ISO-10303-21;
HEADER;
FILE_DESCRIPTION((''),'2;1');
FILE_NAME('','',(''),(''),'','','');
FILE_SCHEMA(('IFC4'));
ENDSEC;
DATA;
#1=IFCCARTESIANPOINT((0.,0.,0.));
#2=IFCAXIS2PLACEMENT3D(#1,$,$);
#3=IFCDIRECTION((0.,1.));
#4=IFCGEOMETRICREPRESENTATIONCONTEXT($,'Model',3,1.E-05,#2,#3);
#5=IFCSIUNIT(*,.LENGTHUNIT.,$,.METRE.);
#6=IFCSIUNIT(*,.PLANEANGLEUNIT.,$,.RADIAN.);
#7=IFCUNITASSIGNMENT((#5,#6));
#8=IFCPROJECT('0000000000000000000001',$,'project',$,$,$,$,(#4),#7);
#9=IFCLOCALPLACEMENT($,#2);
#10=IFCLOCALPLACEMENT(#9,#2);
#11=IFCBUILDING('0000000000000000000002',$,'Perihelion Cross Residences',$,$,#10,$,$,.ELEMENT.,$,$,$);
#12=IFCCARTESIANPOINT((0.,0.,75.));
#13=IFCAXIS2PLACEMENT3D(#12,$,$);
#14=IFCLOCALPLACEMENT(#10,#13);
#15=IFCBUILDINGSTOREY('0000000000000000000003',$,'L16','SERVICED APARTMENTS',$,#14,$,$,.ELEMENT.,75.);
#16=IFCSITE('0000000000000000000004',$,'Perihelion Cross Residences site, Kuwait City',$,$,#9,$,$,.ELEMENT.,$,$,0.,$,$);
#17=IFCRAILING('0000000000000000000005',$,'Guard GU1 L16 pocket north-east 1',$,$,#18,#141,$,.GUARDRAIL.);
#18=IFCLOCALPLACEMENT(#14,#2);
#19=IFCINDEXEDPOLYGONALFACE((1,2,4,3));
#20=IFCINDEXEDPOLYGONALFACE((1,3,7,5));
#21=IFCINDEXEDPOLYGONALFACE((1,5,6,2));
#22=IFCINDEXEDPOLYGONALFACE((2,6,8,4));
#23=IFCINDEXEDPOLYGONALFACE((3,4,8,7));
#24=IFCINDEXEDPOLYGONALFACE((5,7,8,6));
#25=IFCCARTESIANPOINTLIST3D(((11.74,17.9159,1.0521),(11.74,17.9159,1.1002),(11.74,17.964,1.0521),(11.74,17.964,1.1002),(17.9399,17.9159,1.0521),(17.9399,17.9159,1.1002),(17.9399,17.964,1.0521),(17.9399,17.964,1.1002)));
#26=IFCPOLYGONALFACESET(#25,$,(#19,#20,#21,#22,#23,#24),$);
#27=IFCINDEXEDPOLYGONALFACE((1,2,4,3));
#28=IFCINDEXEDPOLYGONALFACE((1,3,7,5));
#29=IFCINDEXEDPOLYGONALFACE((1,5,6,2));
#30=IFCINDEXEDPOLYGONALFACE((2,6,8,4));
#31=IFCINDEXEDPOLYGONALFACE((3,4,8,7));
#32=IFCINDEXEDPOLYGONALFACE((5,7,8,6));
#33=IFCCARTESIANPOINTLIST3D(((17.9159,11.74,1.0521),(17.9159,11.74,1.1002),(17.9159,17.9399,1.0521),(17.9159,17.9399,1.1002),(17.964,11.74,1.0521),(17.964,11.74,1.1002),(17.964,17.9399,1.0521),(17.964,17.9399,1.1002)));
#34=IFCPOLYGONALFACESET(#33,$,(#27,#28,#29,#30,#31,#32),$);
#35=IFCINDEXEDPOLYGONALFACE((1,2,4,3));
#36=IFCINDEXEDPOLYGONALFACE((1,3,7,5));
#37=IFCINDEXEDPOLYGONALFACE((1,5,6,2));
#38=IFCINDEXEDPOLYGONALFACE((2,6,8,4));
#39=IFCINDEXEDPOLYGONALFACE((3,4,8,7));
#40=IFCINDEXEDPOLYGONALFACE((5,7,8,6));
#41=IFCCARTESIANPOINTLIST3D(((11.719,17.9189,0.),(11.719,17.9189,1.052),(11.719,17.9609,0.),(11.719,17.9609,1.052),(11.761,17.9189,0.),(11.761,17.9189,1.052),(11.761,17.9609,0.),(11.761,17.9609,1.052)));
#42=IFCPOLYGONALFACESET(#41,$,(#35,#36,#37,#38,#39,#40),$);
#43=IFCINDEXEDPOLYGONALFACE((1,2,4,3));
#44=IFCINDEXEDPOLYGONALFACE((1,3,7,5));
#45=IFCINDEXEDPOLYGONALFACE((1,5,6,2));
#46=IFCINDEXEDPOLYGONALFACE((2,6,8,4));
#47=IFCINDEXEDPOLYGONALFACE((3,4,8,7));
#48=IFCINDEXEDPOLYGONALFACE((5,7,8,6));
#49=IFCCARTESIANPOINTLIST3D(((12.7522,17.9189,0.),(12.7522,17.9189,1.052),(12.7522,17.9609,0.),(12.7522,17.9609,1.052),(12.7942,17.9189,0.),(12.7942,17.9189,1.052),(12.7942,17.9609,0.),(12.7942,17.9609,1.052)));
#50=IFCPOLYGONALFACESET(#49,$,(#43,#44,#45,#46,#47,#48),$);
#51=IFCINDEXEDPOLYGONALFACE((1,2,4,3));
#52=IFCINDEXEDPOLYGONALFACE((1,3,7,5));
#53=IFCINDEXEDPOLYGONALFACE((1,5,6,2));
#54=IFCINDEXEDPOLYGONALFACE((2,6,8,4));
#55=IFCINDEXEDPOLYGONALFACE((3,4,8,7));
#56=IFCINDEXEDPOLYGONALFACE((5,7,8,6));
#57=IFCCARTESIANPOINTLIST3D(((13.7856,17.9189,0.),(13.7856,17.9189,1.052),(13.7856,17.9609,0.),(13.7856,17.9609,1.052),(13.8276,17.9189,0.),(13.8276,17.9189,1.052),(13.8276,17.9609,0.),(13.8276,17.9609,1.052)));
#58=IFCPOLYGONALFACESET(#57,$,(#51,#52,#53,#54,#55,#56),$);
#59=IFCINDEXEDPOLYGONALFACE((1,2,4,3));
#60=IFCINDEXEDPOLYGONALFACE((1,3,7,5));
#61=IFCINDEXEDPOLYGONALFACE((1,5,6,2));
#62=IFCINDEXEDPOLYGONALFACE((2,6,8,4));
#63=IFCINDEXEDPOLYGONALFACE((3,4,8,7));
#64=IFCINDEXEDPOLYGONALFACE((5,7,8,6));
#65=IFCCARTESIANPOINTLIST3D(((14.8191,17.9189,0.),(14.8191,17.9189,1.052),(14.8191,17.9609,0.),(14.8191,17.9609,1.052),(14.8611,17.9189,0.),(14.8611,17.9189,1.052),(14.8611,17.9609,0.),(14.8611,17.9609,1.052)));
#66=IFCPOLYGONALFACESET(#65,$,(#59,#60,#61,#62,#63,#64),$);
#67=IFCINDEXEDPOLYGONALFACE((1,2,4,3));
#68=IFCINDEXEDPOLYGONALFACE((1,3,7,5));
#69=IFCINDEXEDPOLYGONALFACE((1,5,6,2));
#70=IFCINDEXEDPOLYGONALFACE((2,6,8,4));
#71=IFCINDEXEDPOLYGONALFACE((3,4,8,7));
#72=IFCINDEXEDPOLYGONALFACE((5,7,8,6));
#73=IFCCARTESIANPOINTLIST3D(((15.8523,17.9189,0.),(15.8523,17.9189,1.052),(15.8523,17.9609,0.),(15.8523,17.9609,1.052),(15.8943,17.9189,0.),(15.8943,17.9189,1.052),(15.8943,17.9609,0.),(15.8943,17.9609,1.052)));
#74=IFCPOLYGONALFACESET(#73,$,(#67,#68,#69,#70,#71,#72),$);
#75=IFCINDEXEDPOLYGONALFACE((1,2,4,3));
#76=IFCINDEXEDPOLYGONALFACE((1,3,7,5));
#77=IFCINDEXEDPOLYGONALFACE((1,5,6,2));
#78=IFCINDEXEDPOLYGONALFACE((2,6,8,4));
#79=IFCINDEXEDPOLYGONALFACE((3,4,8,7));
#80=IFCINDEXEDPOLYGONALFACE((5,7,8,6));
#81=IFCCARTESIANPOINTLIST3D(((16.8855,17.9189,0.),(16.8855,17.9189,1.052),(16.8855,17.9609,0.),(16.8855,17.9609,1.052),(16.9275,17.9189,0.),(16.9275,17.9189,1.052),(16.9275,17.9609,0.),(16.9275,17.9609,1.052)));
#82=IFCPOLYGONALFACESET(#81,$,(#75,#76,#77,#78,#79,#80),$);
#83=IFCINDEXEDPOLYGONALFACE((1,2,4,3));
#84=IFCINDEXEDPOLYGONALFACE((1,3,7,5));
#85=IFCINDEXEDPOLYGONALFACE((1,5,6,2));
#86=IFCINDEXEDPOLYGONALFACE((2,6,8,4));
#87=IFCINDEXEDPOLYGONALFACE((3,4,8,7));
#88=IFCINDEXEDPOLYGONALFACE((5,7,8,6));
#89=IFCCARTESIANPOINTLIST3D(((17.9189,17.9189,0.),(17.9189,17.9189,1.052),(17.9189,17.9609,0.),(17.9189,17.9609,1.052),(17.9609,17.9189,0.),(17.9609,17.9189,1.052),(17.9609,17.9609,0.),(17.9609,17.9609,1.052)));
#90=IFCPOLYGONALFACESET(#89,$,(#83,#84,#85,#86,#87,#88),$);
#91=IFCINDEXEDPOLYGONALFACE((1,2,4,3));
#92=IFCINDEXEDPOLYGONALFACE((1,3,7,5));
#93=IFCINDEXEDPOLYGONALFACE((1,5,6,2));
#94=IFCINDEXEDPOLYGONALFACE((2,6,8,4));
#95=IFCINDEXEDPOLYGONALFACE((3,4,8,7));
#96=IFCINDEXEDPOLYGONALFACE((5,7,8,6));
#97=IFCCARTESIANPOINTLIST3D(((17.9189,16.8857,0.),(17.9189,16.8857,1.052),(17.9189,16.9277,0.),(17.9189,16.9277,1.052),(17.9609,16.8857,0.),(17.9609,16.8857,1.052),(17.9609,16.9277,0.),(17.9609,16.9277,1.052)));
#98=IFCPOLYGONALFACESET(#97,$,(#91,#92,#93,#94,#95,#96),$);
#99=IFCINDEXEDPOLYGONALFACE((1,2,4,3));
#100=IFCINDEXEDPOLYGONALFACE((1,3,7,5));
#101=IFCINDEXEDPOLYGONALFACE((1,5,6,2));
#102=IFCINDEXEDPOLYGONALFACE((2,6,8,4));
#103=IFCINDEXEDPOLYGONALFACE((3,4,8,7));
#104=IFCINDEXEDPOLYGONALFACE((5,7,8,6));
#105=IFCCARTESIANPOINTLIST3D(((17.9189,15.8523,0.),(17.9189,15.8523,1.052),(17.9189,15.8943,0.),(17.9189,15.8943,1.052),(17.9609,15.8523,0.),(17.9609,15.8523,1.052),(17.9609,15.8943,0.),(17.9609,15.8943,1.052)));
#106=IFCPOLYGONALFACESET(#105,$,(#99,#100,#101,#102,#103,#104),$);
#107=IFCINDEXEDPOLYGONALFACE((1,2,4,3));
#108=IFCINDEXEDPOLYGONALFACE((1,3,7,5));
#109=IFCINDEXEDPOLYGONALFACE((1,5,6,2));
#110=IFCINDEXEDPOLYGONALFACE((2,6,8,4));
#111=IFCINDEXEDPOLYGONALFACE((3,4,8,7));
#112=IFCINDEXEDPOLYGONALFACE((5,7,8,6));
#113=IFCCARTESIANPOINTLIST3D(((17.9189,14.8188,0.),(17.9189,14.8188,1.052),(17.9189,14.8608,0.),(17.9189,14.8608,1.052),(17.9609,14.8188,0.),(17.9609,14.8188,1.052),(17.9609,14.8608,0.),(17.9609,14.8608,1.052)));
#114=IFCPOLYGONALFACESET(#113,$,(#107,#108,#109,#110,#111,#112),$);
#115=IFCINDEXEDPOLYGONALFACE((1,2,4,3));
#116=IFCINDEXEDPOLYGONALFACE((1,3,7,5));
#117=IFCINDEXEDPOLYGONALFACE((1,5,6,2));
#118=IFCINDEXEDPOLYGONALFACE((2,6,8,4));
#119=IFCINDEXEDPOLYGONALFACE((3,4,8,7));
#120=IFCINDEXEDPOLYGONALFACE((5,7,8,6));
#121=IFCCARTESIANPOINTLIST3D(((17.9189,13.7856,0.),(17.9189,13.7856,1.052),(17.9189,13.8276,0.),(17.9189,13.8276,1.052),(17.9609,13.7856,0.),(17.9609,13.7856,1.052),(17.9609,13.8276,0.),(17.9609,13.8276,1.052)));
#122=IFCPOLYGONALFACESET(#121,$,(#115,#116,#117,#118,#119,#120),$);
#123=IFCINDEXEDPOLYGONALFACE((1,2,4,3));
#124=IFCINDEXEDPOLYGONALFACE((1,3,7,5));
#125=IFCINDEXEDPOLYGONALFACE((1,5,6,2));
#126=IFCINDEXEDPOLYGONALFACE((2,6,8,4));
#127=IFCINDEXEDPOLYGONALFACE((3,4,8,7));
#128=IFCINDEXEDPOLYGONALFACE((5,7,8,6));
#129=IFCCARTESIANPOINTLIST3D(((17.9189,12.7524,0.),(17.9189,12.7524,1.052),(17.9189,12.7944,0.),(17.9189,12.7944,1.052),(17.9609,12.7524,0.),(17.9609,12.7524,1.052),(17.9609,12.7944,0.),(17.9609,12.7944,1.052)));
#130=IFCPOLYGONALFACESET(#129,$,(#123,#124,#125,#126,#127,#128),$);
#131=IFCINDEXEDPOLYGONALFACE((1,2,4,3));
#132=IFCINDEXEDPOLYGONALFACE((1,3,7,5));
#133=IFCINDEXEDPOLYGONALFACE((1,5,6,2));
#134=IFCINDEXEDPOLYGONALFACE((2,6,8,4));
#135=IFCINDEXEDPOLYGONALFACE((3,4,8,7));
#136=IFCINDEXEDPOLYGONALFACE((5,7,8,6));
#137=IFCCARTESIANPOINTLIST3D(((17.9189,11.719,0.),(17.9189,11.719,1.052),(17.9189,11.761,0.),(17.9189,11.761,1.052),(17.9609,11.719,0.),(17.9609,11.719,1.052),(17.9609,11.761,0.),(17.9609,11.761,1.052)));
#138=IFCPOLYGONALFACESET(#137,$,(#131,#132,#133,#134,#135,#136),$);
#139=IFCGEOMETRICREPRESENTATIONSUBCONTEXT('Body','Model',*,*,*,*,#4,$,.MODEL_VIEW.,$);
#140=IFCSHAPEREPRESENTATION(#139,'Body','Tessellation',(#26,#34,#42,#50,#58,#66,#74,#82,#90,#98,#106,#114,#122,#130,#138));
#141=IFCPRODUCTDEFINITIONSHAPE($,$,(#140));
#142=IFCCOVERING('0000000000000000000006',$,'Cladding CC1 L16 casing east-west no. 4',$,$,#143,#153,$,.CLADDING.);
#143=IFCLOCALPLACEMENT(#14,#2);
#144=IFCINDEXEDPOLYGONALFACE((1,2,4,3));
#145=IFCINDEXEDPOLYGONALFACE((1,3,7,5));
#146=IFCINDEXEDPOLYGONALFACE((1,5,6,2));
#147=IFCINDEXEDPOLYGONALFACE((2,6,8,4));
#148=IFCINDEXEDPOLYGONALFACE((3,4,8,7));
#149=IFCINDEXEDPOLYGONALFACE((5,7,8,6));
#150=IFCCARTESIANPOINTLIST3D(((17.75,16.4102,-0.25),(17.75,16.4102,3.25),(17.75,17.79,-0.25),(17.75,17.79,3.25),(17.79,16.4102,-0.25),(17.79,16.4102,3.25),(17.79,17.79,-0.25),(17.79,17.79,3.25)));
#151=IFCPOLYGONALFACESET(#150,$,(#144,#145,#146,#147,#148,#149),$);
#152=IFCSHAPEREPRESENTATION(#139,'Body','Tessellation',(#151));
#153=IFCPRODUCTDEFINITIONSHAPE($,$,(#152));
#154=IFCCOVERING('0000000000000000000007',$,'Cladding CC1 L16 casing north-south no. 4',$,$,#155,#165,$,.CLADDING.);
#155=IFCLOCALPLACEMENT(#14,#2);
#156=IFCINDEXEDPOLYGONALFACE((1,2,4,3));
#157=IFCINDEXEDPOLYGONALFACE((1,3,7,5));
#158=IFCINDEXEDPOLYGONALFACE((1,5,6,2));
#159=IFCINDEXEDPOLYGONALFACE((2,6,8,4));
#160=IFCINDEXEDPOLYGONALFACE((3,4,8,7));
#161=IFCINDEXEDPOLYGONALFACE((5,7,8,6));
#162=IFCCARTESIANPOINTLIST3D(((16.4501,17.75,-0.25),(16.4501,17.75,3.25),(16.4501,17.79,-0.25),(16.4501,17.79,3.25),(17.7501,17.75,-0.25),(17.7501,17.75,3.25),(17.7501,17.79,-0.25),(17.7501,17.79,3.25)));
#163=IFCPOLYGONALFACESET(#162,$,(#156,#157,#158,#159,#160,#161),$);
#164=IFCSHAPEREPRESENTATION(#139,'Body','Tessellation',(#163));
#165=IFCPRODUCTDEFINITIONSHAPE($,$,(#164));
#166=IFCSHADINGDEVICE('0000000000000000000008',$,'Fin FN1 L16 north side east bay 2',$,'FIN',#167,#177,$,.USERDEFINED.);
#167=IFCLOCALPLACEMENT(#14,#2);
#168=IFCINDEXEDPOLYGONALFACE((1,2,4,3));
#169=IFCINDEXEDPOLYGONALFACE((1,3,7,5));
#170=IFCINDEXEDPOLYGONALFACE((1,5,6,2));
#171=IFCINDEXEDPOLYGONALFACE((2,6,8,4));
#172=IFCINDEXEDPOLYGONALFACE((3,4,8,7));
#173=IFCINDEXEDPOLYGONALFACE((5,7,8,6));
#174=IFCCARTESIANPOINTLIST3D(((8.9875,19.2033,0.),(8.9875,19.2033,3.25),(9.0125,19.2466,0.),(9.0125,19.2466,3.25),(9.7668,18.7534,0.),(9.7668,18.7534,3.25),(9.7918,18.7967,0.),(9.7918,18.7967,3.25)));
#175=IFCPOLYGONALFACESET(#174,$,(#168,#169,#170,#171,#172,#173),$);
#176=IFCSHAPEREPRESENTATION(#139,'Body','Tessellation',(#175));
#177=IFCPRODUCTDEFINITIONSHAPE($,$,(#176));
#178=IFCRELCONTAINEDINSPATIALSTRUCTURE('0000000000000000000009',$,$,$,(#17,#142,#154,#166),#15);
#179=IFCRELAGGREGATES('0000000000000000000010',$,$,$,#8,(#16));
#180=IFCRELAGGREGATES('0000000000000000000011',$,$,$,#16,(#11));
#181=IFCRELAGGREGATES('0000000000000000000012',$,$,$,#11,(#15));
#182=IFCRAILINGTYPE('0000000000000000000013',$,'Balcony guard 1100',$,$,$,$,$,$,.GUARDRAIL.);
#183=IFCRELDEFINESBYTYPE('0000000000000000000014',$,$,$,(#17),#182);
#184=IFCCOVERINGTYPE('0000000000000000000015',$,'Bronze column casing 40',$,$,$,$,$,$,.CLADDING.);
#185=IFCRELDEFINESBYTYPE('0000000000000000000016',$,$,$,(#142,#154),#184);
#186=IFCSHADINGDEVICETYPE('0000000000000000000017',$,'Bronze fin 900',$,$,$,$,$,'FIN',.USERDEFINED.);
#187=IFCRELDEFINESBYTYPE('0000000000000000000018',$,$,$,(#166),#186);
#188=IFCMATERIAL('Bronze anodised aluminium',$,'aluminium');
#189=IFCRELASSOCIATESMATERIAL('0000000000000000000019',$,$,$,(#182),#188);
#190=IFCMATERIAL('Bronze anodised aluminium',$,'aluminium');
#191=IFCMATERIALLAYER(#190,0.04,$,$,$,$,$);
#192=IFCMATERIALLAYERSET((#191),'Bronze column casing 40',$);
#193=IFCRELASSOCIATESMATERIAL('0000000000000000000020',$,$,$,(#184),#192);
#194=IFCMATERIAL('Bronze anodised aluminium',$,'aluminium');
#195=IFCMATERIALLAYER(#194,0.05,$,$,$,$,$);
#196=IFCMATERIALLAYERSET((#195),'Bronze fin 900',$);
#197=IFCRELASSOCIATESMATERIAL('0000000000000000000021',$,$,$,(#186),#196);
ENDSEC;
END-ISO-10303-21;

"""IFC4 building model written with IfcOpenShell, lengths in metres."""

from ifc_helpers import new_model, si_unit, direction, frame, origin, origin_2d, place, context, subcontext, project, spatial, rectangle, extrude, material, layer, layer_set, type_object, element, save


model = new_model("IFC4")

# Units and contexts
model_context = context("Model", 3, precision=1e-05, world=origin(), true_north=direction((0.0, 1.0)))
body_context = subcontext(model_context, "Body", "Model", "MODEL_VIEW")
ifc_project = project(units=[si_unit("LENGTHUNIT", "METRE"), si_unit("PLANEANGLEUNIT", "RADIAN")], contexts=[model_context])

# Site, building, storey
site_placement = place(None, origin())
site = spatial("IfcSite", under=ifc_project, at=site_placement, Name="Perihelion Cross Residences site, Kuwait City", CompositionType="ELEMENT", RefElevation=0.0)
building_placement = place(site_placement, origin())
building = spatial("IfcBuilding", under=site, at=building_placement, Name="Perihelion Cross Residences", CompositionType="ELEMENT")
storey_placement = place(building_placement, frame((0.0, 0.0, 75.0)))
storey = spatial("IfcBuildingStorey", under=building, at=storey_placement, Name="L16", Description="SERVICED APARTMENTS", CompositionType="ELEMENT", Elevation=75.0)

# Railing
ifc_material_1 = material(Name="Bronze anodised aluminium", Category="aluminium")
railing_type = type_object("IfcRailingType", Name="Balcony guard 1100", PredefinedType="GUARDRAIL", material=ifc_material_1)
railing_1_placement = place(storey_placement, frame((11.74, 17.9399, 0.0)))
element("IfcRailing", 1, at=railing_1_placement, inside=storey, type_object=railing_type, Name="Guard GU1 L16 pocket north-east 1", PredefinedType="GUARDRAIL", context=body_context, shape_type="SweptSolid", body=[
    extrude(rectangle(XDim=0.0481, YDim=0.0481, at=origin_2d()), frame((0.0, 0.0, 1.0762), z_axis=(1.0, 0.0, 0.0), x_axis=(0.0, 1.0, 0.0)), (0.0, 0.0, 1.0), 6.2),
    extrude(rectangle(XDim=0.0481, YDim=0.0481, at=origin_2d()), frame((6.2, 0.0, 1.0762), z_axis=(0.0, -1.0, 0.0), x_axis=(1.0, 0.0, 0.0)), (0.0, 0.0, 1.0), 6.2),
    extrude(rectangle(XDim=0.042, YDim=0.042, at=origin_2d()), origin(), (0.0, 0.0, 1.0), 1.052),
    extrude(rectangle(XDim=0.042, YDim=0.042, at=origin_2d()), frame((1.0332, 0.0, 0.0)), (0.0, 0.0, 1.0), 1.052),
    extrude(rectangle(XDim=0.042, YDim=0.042, at=origin_2d()), frame((2.0667, 0.0, 0.0)), (0.0, 0.0, 1.0), 1.052),
    extrude(rectangle(XDim=0.042, YDim=0.042, at=origin_2d()), frame((3.1001, 0.0, 0.0)), (0.0, 0.0, 1.0), 1.052),
    extrude(rectangle(XDim=0.042, YDim=0.042, at=origin_2d()), frame((4.1333, 0.0, 0.0)), (0.0, 0.0, 1.0), 1.052),
    extrude(rectangle(XDim=0.042, YDim=0.042, at=origin_2d()), frame((5.1665, 0.0, 0.0)), (0.0, 0.0, 1.0), 1.052),
    extrude(rectangle(XDim=0.042, YDim=0.042, at=origin_2d()), frame((6.2, 0.0, 0.0)), (0.0, 0.0, 1.0), 1.052),
    extrude(rectangle(XDim=0.042, YDim=0.042, at=origin_2d()), frame((6.2, -1.0332, 0.0)), (0.0, 0.0, 1.0), 1.052),
    extrude(rectangle(XDim=0.042, YDim=0.042, at=origin_2d()), frame((6.2, -2.0667, 0.0)), (0.0, 0.0, 1.0), 1.052),
    extrude(rectangle(XDim=0.042, YDim=0.042, at=origin_2d()), frame((6.2, -3.1001, 0.0)), (0.0, 0.0, 1.0), 1.052),
    extrude(rectangle(XDim=0.042, YDim=0.042, at=origin_2d()), frame((6.2, -4.1333, 0.0)), (0.0, 0.0, 1.0), 1.052),
    extrude(rectangle(XDim=0.042, YDim=0.042, at=origin_2d()), frame((6.2, -5.1665, 0.0)), (0.0, 0.0, 1.0), 1.052),
    extrude(rectangle(XDim=0.042, YDim=0.042, at=origin_2d()), frame((6.2, -6.2, 0.0)), (0.0, 0.0, 1.0), 1.052),
])

# Coverings
ifc_material_2 = material(Name="Bronze anodised aluminium", Category="aluminium")
ifc_layer_1 = layer(ifc_material_2, 0.04)
ifc_layer_set_1 = layer_set([ifc_layer_1], Name="Bronze column casing 40")
covering_type = type_object("IfcCoveringType", Name="Bronze column casing 40", PredefinedType="CLADDING", material=ifc_layer_set_1)
covering_1_placement = place(storey_placement, frame((17.77, 17.1001, -0.25), z_axis=(0.0, 0.0, 1.0), x_axis=(1.0, 0.0, 0.0)))
element("IfcCovering", 2, at=covering_1_placement, inside=storey, type_object=covering_type, Name="Cladding CC1 L16 casing east-west no. 4", PredefinedType="CLADDING", context=body_context, shape_type="SweptSolid", body=[
    extrude(rectangle(XDim=0.04, YDim=1.3799, at=origin_2d()), origin(), (0.0, 0.0, 1.0), 3.5),
])
covering_2_placement = place(storey_placement, frame((17.1001, 17.77, -0.25), z_axis=(0.0, 0.0, 1.0), x_axis=(1.0, 0.0, 0.0)))
element("IfcCovering", 3, at=covering_2_placement, inside=storey, type_object=covering_type, Name="Cladding CC1 L16 casing north-south no. 4", PredefinedType="CLADDING", context=body_context, shape_type="SweptSolid", body=[
    extrude(rectangle(XDim=1.3, YDim=0.04, at=origin_2d()), origin(), (0.0, 0.0, 1.0), 3.5),
])

# Shading device
ifc_material_3 = material(Name="Bronze anodised aluminium", Category="aluminium")
ifc_layer_2 = layer(ifc_material_3, 0.05)
ifc_layer_set_2 = layer_set([ifc_layer_2], Name="Bronze fin 900")
shading_device_type = type_object("IfcShadingDeviceType", Name="Bronze fin 900", ElementType="FIN", PredefinedType="USERDEFINED", material=ifc_layer_set_2)
shading_device_placement = place(storey_placement, frame((9.3896, 19.0, 0.0), z_axis=(0.0, 0.0, 1.0), x_axis=(0.866025, -0.5, 0.0)))
element("IfcShadingDevice", 4, at=shading_device_placement, inside=storey, type_object=shading_device_type, Name="Fin FN1 L16 north side east bay 2", ObjectType="FIN", PredefinedType="USERDEFINED", context=body_context, shape_type="SweptSolid", body=[
    extrude(rectangle(XDim=0.8999, YDim=0.05, at=origin_2d()), origin(), (0.0, 0.0, 1.0), 3.25),
])

save(model, "model.ifc")
